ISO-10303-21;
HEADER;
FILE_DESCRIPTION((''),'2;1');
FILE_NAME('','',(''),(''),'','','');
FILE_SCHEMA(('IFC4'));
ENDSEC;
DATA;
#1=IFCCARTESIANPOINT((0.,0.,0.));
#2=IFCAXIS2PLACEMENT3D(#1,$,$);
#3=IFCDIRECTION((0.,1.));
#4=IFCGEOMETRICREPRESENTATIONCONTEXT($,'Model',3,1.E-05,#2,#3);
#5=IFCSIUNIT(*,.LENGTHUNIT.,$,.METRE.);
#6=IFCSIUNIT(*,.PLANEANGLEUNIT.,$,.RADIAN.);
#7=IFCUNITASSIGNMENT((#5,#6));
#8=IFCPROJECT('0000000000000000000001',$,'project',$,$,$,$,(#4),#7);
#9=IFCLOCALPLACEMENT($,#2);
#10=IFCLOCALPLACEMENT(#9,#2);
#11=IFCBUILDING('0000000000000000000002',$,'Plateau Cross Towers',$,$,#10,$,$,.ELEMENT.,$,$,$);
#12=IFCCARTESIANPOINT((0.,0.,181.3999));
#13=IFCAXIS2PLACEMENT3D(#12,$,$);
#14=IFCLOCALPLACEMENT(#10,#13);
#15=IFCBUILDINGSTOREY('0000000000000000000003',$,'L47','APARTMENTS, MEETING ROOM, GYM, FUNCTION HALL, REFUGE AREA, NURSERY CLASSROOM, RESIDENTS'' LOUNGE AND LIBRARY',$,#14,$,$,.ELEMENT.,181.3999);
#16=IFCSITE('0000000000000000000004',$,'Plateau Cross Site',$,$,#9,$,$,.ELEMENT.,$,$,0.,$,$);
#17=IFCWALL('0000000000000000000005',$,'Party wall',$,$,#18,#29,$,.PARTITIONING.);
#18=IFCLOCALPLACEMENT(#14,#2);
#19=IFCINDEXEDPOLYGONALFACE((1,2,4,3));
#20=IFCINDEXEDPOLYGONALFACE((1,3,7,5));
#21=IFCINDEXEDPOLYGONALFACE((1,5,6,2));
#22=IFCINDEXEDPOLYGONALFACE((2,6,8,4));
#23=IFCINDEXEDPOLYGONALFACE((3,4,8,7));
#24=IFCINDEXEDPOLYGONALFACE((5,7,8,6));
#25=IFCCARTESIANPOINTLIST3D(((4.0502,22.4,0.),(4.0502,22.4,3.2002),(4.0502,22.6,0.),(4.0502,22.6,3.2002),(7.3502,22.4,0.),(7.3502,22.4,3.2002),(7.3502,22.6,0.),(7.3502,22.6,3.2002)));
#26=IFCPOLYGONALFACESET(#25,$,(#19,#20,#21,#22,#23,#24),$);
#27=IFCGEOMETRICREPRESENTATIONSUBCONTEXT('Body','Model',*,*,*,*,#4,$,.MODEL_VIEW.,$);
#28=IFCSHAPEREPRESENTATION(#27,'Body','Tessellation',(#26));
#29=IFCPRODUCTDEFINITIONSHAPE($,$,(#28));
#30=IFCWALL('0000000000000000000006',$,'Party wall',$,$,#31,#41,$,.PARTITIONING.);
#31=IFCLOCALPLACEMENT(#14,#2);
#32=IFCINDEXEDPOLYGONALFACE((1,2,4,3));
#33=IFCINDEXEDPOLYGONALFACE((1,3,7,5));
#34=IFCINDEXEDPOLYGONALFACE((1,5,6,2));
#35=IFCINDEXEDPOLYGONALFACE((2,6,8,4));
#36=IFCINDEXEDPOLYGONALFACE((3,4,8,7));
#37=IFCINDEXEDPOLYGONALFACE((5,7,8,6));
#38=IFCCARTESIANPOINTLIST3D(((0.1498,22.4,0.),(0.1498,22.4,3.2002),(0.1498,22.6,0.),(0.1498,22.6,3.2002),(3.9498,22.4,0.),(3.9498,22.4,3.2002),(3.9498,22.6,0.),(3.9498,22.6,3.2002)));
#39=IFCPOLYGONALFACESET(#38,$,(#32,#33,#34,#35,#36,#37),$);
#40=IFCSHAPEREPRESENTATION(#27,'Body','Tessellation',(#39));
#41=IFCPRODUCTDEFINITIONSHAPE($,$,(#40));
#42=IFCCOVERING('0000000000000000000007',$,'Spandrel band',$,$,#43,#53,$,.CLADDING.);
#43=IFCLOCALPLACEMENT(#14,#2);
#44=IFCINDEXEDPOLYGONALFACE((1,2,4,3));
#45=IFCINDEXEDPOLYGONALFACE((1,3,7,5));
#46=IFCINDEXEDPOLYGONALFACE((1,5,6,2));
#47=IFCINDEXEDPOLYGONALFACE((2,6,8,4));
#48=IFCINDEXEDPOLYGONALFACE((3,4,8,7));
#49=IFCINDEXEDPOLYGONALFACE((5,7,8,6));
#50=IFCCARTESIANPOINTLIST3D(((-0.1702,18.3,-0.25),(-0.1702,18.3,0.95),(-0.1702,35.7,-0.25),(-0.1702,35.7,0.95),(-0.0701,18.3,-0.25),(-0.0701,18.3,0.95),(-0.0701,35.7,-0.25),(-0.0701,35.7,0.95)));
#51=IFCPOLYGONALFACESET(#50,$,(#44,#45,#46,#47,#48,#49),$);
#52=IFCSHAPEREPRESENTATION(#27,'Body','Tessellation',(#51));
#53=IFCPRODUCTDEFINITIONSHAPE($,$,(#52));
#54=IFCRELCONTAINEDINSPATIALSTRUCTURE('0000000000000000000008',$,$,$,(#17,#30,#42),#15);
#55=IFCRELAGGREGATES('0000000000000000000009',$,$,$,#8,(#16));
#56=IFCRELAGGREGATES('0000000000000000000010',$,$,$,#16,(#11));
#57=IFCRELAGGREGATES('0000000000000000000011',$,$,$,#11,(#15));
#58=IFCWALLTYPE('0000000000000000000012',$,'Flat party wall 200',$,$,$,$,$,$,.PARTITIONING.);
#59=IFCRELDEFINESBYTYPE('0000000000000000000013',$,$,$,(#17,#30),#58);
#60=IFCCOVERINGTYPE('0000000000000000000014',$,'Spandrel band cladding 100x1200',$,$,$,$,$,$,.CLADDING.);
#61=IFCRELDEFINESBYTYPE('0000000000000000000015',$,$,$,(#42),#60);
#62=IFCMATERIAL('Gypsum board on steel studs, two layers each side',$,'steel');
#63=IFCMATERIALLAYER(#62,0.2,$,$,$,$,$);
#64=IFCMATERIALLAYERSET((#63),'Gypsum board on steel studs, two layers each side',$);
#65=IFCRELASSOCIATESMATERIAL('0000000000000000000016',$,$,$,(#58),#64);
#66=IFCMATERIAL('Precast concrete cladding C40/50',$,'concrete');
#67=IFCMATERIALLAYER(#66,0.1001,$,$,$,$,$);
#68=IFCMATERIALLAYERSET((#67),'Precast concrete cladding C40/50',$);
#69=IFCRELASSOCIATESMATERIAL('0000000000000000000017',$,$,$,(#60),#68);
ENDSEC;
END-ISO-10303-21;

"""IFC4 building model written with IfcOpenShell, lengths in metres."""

from ifc_helpers import new_model, si_unit, direction, frame, frame_2d, origin, origin_2d, place, context, subcontext, project, spatial, rectangle, extrude, material, layer, layer_set, type_object, element, save


model = new_model("IFC4")

# Units and contexts
model_context = context("Model", 3, precision=1e-05, world=origin(), true_north=direction((0.0, 1.0)))
body_context = subcontext(model_context, "Body", "Model", "MODEL_VIEW")
ifc_project = project(units=[si_unit("LENGTHUNIT", "METRE"), si_unit("PLANEANGLEUNIT", "RADIAN")], contexts=[model_context])

# Site, building, storey
site_placement = place(None, origin())
site = spatial("IfcSite", under=ifc_project, at=site_placement, Name="Plateau Cross Site", CompositionType="ELEMENT", RefElevation=0.0)
building_placement = place(site_placement, origin())
building = spatial("IfcBuilding", under=site, at=building_placement, Name="Plateau Cross Towers", CompositionType="ELEMENT")
storey_placement = place(building_placement, frame((0.0, 0.0, 181.3999)))
storey = spatial("IfcBuildingStorey", under=building, at=storey_placement, Name="L47", Description="APARTMENTS, MEETING ROOM, GYM, FUNCTION HALL, REFUGE AREA, NURSERY CLASSROOM, RESIDENTS' LOUNGE AND LIBRARY", CompositionType="ELEMENT", Elevation=181.3999)

# Walls
ifc_material_1 = material(Name="Gypsum board on steel studs, two layers each side", Category="steel")
ifc_layer_1 = layer(ifc_material_1, 0.2)
ifc_layer_set_1 = layer_set([ifc_layer_1], Name="Gypsum board on steel studs, two layers each side")
wall_type_1 = type_object("IfcWallType", Name="Flat party wall 200", PredefinedType="PARTITIONING", material=ifc_layer_set_1)
wall_1_placement = place(storey_placement, frame((7.3501, 22.5, 0.0), z_axis=(0.0, 0.0, 1.0), x_axis=(-1.0, 0.0, 0.0)))
element("IfcWall", 1, at=wall_1_placement, inside=storey, type_object=wall_type_1, Name="Party wall", PredefinedType="PARTITIONING", context=body_context, shape_type="SweptSolid", body=[
    extrude(rectangle(XDim=3.3, YDim=0.2, at=frame_2d((1.6499, 0.0))), origin(), (0.0, 0.0, 1.0), 3.2002),
])
wall_2_placement = place(storey_placement, frame((0.1499, 22.5, 0.0), z_axis=(0.0, 0.0, 1.0), x_axis=(1.0, 0.0, 0.0)))
element("IfcWall", 2, at=wall_2_placement, inside=storey, type_object=wall_type_1, Name="Party wall", PredefinedType="PARTITIONING", context=body_context, shape_type="SweptSolid", body=[
    extrude(rectangle(XDim=3.8, YDim=0.2, at=frame_2d((1.8999, 0.0))), origin(), (0.0, 0.0, 1.0), 3.2002),
])

# Covering
ifc_material_2 = material(Name="Precast concrete cladding C40/50", Category="concrete")
ifc_layer_2 = layer(ifc_material_2, 0.1001)
ifc_layer_set_2 = layer_set([ifc_layer_2], Name="Precast concrete cladding C40/50")
covering_type = type_object("IfcCoveringType", Name="Spandrel band cladding 100x1200", PredefinedType="CLADDING", material=ifc_layer_set_2)
covering_placement = place(storey_placement, frame((-0.1201, 27.0, -0.25), z_axis=(0.0, 0.0, 1.0), x_axis=(0.0, -1.0, 0.0)))
element("IfcCovering", 3, at=covering_placement, inside=storey, type_object=covering_type, Name="Spandrel band", PredefinedType="CLADDING", context=body_context, shape_type="SweptSolid", body=[
    extrude(rectangle(XDim=17.3999, YDim=0.1001, at=origin_2d()), origin(), (0.0, 0.0, 1.0), 1.2),
])

save(model, "model.ifc")
